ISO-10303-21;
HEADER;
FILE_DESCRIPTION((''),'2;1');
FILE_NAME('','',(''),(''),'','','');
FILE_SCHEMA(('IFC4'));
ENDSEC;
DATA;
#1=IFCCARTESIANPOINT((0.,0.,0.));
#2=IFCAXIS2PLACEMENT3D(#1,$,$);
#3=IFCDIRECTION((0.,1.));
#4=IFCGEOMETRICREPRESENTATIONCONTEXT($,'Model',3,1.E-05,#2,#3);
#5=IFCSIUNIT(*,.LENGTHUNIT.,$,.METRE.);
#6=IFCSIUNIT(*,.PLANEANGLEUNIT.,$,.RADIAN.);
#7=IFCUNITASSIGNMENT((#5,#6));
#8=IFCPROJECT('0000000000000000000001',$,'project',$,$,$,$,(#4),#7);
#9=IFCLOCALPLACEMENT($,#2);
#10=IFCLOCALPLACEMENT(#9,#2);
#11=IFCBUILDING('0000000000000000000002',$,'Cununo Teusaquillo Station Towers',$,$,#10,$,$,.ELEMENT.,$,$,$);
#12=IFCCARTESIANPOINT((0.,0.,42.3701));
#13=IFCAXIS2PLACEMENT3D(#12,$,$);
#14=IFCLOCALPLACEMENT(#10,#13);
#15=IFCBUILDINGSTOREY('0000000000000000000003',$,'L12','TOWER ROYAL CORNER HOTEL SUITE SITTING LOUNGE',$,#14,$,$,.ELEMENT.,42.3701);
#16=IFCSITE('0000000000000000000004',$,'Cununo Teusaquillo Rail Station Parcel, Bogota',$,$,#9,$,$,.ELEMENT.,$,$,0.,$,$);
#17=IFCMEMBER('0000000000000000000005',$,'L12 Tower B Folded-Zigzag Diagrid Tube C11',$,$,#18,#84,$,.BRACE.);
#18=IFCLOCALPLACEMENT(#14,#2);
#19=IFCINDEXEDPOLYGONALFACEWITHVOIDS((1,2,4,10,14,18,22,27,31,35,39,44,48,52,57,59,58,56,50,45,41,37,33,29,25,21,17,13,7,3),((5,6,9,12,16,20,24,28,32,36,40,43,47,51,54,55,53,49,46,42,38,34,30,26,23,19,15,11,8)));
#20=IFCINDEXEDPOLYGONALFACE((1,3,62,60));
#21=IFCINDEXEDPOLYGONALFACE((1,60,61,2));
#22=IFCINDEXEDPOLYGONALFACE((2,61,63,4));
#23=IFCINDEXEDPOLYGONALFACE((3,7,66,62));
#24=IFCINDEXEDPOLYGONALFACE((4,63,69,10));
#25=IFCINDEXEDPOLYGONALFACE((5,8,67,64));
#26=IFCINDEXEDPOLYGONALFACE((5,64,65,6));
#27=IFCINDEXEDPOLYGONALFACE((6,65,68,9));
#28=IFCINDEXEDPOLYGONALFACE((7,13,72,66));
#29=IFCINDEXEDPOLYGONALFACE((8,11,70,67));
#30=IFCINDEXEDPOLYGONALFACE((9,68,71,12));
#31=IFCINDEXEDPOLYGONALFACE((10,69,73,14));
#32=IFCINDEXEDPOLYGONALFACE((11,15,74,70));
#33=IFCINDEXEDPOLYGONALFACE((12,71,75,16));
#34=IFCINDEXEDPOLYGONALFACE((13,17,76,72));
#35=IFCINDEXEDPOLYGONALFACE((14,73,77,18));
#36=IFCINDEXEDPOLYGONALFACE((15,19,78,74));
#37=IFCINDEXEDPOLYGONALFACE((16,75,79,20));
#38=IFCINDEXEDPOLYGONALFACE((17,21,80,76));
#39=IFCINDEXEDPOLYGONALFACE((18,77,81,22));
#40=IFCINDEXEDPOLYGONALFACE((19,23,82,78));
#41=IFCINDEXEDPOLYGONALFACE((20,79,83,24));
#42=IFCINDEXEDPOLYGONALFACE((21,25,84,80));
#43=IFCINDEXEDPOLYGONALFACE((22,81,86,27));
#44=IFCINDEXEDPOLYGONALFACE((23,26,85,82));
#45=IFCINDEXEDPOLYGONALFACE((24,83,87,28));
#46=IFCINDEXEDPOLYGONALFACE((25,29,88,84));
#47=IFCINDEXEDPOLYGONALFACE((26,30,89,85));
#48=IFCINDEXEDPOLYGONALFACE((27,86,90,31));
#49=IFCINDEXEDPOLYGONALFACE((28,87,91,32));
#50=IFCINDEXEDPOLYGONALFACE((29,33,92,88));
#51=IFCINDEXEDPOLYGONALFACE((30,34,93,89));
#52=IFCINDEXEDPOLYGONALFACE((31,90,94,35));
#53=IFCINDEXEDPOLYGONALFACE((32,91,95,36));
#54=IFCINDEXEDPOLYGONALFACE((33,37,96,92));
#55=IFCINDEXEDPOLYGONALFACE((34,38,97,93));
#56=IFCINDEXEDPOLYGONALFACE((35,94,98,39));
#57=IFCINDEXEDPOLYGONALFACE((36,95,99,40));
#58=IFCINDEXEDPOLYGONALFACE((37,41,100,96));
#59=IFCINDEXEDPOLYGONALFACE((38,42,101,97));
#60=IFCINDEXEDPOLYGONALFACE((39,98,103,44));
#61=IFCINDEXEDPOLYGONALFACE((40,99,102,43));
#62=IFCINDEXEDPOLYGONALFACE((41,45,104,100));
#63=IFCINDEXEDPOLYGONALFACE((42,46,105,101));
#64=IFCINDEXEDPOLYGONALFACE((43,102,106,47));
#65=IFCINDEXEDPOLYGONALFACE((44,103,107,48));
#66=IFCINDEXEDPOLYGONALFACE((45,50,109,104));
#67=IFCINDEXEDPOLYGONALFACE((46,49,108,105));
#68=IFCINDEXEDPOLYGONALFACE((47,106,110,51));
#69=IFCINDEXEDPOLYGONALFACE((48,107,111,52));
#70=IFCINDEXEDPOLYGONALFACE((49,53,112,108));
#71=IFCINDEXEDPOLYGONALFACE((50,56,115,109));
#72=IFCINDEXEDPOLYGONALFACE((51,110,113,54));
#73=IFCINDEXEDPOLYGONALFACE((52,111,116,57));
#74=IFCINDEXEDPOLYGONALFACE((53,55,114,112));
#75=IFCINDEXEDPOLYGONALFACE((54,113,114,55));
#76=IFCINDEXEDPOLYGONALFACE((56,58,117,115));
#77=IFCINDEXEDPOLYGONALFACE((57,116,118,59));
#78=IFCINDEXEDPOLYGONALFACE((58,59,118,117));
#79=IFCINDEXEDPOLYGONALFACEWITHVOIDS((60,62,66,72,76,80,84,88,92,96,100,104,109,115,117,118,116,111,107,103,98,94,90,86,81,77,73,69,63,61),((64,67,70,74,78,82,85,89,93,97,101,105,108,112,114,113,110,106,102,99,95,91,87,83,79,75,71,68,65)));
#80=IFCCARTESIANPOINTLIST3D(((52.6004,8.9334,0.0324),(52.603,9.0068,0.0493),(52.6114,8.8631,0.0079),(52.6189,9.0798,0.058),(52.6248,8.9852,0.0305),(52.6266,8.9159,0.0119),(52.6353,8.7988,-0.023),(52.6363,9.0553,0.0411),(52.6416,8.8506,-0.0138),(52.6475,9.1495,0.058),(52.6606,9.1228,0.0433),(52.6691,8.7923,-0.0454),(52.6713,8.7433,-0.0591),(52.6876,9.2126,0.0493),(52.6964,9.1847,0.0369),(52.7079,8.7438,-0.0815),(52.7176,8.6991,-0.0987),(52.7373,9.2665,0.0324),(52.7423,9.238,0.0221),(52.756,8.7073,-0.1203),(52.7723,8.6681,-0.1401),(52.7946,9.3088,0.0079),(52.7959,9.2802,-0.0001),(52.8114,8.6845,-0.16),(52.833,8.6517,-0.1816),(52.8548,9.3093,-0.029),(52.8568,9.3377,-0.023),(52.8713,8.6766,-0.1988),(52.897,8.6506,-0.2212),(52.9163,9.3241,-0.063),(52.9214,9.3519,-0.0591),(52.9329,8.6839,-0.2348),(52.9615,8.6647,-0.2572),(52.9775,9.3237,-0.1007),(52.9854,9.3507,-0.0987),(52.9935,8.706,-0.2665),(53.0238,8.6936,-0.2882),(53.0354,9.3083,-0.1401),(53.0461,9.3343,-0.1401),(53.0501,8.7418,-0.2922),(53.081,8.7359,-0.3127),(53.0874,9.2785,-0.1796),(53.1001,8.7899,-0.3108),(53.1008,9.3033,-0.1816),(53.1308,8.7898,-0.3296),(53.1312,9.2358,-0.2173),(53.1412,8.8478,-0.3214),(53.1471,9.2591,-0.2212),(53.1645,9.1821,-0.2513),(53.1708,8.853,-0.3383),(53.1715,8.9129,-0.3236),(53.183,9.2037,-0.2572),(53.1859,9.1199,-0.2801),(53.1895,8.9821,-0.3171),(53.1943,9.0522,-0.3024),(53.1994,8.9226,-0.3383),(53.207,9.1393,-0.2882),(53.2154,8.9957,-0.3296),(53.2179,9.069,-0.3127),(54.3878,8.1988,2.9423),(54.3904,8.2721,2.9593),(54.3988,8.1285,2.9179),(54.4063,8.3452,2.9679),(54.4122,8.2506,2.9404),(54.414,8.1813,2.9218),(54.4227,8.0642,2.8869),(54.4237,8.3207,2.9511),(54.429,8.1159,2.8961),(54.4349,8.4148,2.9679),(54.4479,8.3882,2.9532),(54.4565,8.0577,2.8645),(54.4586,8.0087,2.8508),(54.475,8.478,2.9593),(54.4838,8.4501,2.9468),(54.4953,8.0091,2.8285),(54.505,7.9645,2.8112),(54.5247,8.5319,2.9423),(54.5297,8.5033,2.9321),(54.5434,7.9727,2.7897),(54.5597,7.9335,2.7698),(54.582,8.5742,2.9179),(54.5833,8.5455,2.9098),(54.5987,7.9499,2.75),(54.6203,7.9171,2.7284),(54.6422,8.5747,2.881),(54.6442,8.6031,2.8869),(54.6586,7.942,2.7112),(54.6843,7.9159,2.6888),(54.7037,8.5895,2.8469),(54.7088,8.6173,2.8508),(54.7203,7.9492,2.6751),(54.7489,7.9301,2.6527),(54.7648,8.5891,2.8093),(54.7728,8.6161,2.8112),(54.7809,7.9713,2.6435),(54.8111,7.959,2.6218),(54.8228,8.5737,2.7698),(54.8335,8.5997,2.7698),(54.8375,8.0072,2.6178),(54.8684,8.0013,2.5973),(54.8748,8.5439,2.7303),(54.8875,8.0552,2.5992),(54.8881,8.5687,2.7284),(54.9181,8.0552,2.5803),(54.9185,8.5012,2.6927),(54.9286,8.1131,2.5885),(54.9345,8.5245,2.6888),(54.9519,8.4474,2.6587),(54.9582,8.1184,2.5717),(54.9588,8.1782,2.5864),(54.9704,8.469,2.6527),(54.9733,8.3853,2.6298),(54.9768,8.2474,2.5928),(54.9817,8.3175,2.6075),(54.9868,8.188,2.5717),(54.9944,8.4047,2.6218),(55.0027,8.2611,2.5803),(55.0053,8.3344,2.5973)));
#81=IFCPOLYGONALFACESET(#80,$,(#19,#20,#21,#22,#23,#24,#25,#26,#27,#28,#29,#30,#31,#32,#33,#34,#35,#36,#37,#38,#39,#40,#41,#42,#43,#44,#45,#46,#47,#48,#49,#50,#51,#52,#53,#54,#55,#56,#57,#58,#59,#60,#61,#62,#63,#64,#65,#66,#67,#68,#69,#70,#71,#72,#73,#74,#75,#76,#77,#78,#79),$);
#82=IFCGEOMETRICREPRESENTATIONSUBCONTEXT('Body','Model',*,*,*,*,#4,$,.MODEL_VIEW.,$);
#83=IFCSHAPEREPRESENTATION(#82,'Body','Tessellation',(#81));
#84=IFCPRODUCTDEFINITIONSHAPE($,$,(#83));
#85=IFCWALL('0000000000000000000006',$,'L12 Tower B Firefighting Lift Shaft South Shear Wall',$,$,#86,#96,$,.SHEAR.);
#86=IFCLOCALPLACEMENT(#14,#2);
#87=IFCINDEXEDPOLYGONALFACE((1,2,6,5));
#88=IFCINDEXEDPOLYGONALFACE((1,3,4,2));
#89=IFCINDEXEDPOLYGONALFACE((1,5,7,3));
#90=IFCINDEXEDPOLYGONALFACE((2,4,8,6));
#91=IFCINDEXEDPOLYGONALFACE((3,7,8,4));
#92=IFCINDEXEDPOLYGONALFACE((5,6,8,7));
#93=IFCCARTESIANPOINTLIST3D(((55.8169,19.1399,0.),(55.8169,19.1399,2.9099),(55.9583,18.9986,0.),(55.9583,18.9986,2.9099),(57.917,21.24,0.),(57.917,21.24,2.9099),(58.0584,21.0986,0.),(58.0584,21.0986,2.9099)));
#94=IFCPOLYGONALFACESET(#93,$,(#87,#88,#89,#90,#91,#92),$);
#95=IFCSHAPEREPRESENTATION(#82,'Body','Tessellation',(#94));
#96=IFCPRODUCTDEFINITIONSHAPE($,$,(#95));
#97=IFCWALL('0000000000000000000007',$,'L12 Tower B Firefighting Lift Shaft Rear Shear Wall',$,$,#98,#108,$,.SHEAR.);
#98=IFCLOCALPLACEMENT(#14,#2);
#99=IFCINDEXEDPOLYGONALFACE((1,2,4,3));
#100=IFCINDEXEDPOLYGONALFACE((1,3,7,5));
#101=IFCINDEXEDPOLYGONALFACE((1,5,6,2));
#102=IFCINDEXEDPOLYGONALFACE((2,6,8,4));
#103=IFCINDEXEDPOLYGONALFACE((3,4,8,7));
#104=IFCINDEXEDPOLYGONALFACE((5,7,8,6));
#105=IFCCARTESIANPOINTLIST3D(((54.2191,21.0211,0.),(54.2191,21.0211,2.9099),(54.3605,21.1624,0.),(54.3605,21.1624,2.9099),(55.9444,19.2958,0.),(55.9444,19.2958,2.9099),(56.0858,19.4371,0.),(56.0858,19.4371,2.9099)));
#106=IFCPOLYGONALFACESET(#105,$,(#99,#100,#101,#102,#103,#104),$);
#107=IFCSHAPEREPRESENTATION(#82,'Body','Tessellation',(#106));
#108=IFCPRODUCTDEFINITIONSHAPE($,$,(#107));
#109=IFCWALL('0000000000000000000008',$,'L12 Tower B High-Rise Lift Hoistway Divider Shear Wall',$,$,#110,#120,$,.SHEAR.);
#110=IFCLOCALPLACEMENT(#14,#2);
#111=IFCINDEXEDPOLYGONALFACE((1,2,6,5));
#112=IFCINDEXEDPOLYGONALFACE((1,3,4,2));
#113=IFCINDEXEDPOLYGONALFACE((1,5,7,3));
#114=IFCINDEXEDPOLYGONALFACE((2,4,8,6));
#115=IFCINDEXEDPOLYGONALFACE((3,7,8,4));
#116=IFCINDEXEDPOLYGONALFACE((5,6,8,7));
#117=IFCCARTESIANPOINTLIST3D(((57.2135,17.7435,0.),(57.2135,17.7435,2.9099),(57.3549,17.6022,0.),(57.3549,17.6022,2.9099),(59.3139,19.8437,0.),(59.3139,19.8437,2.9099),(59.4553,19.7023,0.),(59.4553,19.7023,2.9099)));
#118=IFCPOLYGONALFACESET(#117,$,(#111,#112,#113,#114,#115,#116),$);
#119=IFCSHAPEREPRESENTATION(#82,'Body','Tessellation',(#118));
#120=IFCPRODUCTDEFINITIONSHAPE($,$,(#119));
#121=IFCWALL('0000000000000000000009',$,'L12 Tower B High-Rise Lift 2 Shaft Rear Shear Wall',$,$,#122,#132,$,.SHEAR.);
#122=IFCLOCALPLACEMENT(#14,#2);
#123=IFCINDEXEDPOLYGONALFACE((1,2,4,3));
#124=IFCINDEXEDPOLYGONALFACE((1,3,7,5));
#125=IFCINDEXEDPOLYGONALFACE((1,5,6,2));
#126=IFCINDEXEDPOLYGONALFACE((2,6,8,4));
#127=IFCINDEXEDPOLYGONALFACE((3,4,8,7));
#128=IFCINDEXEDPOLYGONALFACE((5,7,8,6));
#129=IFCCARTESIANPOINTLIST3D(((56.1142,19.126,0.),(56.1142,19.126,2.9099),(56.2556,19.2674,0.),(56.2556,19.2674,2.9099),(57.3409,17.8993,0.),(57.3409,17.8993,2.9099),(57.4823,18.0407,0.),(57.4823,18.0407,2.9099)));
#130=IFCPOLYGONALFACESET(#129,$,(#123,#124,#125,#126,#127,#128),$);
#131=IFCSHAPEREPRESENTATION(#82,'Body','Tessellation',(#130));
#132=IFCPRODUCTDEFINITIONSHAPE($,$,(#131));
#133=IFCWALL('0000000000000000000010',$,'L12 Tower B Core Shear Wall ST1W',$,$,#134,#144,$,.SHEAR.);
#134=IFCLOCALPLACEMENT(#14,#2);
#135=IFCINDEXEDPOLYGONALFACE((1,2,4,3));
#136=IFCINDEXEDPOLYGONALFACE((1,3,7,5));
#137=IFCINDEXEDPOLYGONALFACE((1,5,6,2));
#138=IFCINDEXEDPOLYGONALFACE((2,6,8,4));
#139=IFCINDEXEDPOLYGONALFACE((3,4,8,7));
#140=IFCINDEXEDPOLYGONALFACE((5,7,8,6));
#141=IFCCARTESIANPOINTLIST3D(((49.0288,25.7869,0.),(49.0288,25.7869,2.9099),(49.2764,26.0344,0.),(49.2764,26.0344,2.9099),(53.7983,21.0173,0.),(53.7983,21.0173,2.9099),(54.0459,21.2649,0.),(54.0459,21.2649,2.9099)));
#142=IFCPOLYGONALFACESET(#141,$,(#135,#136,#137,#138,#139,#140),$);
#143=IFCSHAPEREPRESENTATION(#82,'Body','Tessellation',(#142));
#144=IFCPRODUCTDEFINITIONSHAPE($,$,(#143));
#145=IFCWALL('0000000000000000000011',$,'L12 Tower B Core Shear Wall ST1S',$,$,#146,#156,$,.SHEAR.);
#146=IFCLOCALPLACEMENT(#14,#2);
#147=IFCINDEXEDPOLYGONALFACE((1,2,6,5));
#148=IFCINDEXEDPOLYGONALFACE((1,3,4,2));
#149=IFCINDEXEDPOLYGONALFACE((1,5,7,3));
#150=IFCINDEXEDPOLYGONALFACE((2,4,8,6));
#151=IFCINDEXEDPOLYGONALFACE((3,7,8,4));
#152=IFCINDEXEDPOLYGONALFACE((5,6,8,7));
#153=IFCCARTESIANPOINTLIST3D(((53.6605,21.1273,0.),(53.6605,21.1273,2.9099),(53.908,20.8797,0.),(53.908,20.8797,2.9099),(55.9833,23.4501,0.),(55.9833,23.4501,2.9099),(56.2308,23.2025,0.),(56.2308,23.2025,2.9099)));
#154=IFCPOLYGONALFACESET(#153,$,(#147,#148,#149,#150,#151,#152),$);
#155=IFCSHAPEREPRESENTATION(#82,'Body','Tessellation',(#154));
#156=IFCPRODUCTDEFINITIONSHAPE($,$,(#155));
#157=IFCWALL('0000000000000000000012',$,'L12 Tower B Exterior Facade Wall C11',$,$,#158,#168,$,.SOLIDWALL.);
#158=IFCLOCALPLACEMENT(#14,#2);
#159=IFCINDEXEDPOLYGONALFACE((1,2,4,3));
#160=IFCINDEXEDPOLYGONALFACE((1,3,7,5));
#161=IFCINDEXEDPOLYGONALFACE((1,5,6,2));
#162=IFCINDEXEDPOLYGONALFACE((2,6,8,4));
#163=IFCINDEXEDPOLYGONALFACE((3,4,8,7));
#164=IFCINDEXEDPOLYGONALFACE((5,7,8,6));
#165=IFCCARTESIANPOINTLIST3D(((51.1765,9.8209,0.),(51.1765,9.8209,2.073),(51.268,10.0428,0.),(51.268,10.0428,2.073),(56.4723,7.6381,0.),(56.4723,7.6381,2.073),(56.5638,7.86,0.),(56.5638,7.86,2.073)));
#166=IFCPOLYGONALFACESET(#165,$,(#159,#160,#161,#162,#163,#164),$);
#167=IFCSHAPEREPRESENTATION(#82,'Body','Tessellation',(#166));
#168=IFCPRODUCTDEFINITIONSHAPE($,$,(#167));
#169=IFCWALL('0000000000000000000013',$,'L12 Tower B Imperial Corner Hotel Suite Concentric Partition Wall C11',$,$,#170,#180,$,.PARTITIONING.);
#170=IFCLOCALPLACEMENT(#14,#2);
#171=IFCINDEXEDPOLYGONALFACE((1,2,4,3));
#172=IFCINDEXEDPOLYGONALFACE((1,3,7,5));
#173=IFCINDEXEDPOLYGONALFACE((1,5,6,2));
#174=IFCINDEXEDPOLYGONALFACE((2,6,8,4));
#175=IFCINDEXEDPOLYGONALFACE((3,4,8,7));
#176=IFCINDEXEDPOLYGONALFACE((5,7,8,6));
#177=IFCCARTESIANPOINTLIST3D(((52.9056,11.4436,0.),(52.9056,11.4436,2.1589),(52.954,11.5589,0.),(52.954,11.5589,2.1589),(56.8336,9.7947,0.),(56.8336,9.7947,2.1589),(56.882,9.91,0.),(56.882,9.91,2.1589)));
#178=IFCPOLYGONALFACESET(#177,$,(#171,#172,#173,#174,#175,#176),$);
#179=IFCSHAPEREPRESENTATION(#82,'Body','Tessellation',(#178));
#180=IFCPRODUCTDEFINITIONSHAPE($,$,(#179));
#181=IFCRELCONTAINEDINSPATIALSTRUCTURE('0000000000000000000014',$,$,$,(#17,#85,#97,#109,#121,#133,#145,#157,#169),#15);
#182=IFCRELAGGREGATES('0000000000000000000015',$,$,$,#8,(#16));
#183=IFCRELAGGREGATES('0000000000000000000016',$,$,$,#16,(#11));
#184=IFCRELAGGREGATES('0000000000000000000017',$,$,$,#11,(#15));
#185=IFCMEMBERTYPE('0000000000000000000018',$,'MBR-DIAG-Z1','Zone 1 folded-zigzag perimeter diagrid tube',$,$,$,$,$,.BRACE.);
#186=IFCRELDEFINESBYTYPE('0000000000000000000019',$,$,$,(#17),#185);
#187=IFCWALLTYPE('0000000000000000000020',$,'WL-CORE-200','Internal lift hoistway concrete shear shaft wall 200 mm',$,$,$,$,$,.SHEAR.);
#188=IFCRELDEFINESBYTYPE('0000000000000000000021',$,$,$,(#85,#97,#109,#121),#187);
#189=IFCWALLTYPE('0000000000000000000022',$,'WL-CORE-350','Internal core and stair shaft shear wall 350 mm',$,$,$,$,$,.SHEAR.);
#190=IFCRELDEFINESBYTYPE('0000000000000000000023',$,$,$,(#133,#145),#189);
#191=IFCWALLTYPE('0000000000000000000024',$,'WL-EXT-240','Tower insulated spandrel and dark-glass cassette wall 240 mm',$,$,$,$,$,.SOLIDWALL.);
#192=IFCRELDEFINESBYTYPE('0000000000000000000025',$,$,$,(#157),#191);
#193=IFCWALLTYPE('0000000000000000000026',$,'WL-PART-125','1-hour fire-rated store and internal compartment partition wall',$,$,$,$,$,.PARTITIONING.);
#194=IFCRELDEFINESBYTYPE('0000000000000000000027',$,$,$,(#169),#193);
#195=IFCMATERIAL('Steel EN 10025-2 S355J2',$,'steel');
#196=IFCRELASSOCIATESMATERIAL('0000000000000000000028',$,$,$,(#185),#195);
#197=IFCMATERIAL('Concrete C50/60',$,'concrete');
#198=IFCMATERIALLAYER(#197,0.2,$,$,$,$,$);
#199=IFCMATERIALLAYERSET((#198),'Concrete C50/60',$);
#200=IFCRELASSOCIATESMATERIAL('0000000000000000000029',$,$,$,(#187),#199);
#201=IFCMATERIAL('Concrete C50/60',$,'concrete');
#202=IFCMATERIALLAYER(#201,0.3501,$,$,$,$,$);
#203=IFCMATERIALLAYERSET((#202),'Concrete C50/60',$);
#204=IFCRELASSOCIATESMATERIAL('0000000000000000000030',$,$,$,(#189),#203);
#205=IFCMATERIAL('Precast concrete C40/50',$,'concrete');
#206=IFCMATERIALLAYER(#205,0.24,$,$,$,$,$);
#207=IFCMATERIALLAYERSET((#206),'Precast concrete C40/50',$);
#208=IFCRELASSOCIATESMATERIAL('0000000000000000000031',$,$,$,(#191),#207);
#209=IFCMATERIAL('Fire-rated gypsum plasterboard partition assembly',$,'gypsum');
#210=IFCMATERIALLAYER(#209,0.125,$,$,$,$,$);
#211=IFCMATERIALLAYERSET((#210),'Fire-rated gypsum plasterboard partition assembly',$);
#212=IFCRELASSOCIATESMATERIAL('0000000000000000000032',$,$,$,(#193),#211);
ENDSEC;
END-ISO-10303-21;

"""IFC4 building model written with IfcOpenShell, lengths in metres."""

from ifc_helpers import new_model, si_unit, direction, frame, frame_2d, origin, origin_2d, place, context, subcontext, project, spatial, rectangle, hollow_circle, extrude, material, layer, layer_set, material_profile, profile_set, type_object, element, save


model = new_model("IFC4")

# Units and contexts
model_context = context("Model", 3, precision=1e-05, world=origin(), true_north=direction((0.0, 1.0)))
body_context = subcontext(model_context, "Body", "Model", "MODEL_VIEW")
ifc_project = project(units=[si_unit("LENGTHUNIT", "METRE"), si_unit("PLANEANGLEUNIT", "RADIAN")], contexts=[model_context])

# Site, building, storey
site_placement = place(None, origin())
site = spatial("IfcSite", under=ifc_project, at=site_placement, Name="Cununo Teusaquillo Rail Station Parcel, Bogota", CompositionType="ELEMENT", RefElevation=0.0)
building_placement = place(site_placement, origin())
building = spatial("IfcBuilding", under=site, at=building_placement, Name="Cununo Teusaquillo Station Towers", CompositionType="ELEMENT")
storey_placement = place(building_placement, frame((0.0, 0.0, 42.3701)))
storey = spatial("IfcBuildingStorey", under=building, at=storey_placement, Name="L12", Description="TOWER ROYAL CORNER HOTEL SUITE SITTING LOUNGE", CompositionType="ELEMENT", Elevation=42.3701)

# Member
ifc_material_1 = material(Name="Steel EN 10025-2 S355J2", Category="steel")
ifc_material_profile_1 = material_profile(ifc_material_1, hollow_circle(Radius=0.3601, WallThickness=0.0281, at=origin_2d()), Name="CHS 720x28")
ifc_profile_set_1 = profile_set([ifc_material_profile_1], Name="Steel EN 10025-2 S355J2")
member_type = type_object("IfcMemberType", Name="MBR-DIAG-Z1", Description="Zone 1 folded-zigzag perimeter diagrid tube", PredefinedType="BRACE", material=ifc_profile_set_1)
member_placement = place(storey_placement, frame((52.9092, 9.0012, -0.1401), z_axis=(0.511678, -0.210305, 0.833041), x_axis=(0.380152, 0.924924, 0.0)))
element("IfcMember", 1, at=member_placement, inside=storey, type_object=member_type, Name="L12 Tower B Folded-Zigzag Diagrid Tube C11", PredefinedType="BRACE", context=body_context, shape_type="SweptSolid", body=[
    extrude(hollow_circle(Radius=0.3601, WallThickness=0.0281, at=origin_2d()), origin(), (0.0, 0.0, 1.0), 3.4932),
])

# Walls
ifc_material_2 = material(Name="Concrete C50/60", Category="concrete")
ifc_layer_1 = layer(ifc_material_2, 0.2)
ifc_layer_set_1 = layer_set([ifc_layer_1], Name="Concrete C50/60")
wall_type_1 = type_object("IfcWallType", Name="WL-CORE-200", Description="Internal lift hoistway concrete shear shaft wall 200 mm", PredefinedType="SHEAR", material=ifc_layer_set_1)
wall_1_placement = place(storey_placement, frame((55.8877, 19.0693, 0.0), z_axis=(0.0, 0.0, 1.0), x_axis=(0.707107, 0.707107, 0.0)))
element("IfcWall", 2, at=wall_1_placement, inside=storey, type_object=wall_type_1, Name="L12 Tower B Firefighting Lift Shaft South Shear Wall", PredefinedType="SHEAR", context=body_context, shape_type="SweptSolid", body=[
    extrude(rectangle(XDim=2.97, YDim=0.2, at=frame_2d((1.4849, 0.0))), origin(), (0.0, 0.0, 1.0), 2.9099),
])
wall_2_placement = place(storey_placement, frame((56.0151, 19.3665, 0.0), z_axis=(0.0, 0.0, 1.0), x_axis=(-0.707107, 0.707107, 0.0)))
element("IfcWall", 3, at=wall_2_placement, inside=storey, type_object=wall_type_1, Name="L12 Tower B Firefighting Lift Shaft Rear Shear Wall", PredefinedType="SHEAR", context=body_context, shape_type="SweptSolid", body=[
    extrude(rectangle(XDim=2.4399, YDim=0.2, at=frame_2d((1.22, 0.0))), origin(), (0.0, 0.0, 1.0), 2.9099),
])
wall_3_placement = place(storey_placement, frame((57.2842, 17.6729, 0.0), z_axis=(0.0, 0.0, 1.0), x_axis=(0.707148, 0.707066, 0.0)))
element("IfcWall", 4, at=wall_3_placement, inside=storey, type_object=wall_type_1, Name="L12 Tower B High-Rise Lift Hoistway Divider Shear Wall", PredefinedType="SHEAR", context=body_context, shape_type="SweptSolid", body=[
    extrude(rectangle(XDim=2.9702, YDim=0.2, at=frame_2d((1.4851, 0.0))), origin(), (0.0, 0.0, 1.0), 2.9099),
])
wall_4_placement = place(storey_placement, frame((57.4116, 17.97, 0.0), z_axis=(0.0, 0.0, 1.0), x_axis=(-0.707107, 0.707107, 0.0)))
element("IfcWall", 5, at=wall_4_placement, inside=storey, type_object=wall_type_1, Name="L12 Tower B High-Rise Lift 2 Shaft Rear Shear Wall", PredefinedType="SHEAR", context=body_context, shape_type="SweptSolid", body=[
    extrude(rectangle(XDim=1.7349, YDim=0.2, at=frame_2d((0.8674, 0.0))), origin(), (0.0, 0.0, 1.0), 2.9099),
])
ifc_material_3 = material(Name="Concrete C50/60", Category="concrete")
ifc_layer_2 = layer(ifc_material_3, 0.3501)
ifc_layer_set_2 = layer_set([ifc_layer_2], Name="Concrete C50/60")
wall_type_2 = type_object("IfcWallType", Name="WL-CORE-350", Description="Internal core and stair shaft shear wall 350 mm", PredefinedType="SHEAR", material=ifc_layer_set_2)
wall_5_placement = place(storey_placement, frame((53.9221, 21.1411, 0.0), z_axis=(0.0, 0.0, 1.0), x_axis=(-0.707107, 0.707107, 0.0)))
element("IfcWall", 6, at=wall_5_placement, inside=storey, type_object=wall_type_2, Name="L12 Tower B Core Shear Wall ST1W", PredefinedType="SHEAR", context=body_context, shape_type="SweptSolid", body=[
    extrude(rectangle(XDim=6.7451, YDim=0.3501, at=frame_2d((3.3726, 0.0))), origin(), (0.0, 0.0, 1.0), 2.9099),
])
wall_6_placement = place(storey_placement, frame((53.7842, 21.0034, 0.0), z_axis=(0.0, 0.0, 1.0), x_axis=(0.707107, 0.707107, 0.0)))
element("IfcWall", 7, at=wall_6_placement, inside=storey, type_object=wall_type_2, Name="L12 Tower B Core Shear Wall ST1S", PredefinedType="SHEAR", context=body_context, shape_type="SweptSolid", body=[
    extrude(rectangle(XDim=3.2849, YDim=0.3501, at=frame_2d((1.6426, 0.0))), origin(), (0.0, 0.0, 1.0), 2.9099),
])
ifc_material_4 = material(Name="Precast concrete C40/50", Category="concrete")
ifc_layer_3 = layer(ifc_material_4, 0.24)
ifc_layer_set_3 = layer_set([ifc_layer_3], Name="Precast concrete C40/50")
wall_type_3 = type_object("IfcWallType", Name="WL-EXT-240", Description="Tower insulated spandrel and dark-glass cassette wall 240 mm", PredefinedType="SOLIDWALL", material=ifc_layer_set_3)
wall_7_placement = place(storey_placement, frame((56.5181, 7.749, 0.0), z_axis=(0.0, 0.0, 1.0), x_axis=(-0.924543, 0.381078, 0.0)))
element("IfcWall", 8, at=wall_7_placement, inside=storey, type_object=wall_type_3, Name="L12 Tower B Exterior Facade Wall C11", PredefinedType="SOLIDWALL", context=body_context, shape_type="SweptSolid", body=[
    extrude(rectangle(XDim=5.728, YDim=0.24, at=frame_2d((2.864, 0.0))), origin(), (0.0, 0.0, 1.0), 2.073),
])
ifc_material_5 = material(Name="Fire-rated gypsum plasterboard partition assembly", Category="gypsum")
ifc_layer_4 = layer(ifc_material_5, 0.125)
ifc_layer_set_4 = layer_set([ifc_layer_4], Name="Fire-rated gypsum plasterboard partition assembly")
wall_type_4 = type_object("IfcWallType", Name="WL-PART-125", Description="1-hour fire-rated store and internal compartment partition wall", PredefinedType="PARTITIONING", material=ifc_layer_set_4)
wall_8_placement = place(storey_placement, frame((52.9299, 11.5012, 0.0), z_axis=(0.0, 0.0, 1.0), x_axis=(0.922051, -0.387068, 0.0)))
element("IfcWall", 9, at=wall_8_placement, inside=storey, type_object=wall_type_4, Name="L12 Tower B Imperial Corner Hotel Suite Concentric Partition Wall C11", PredefinedType="PARTITIONING", context=body_context, shape_type="SweptSolid", body=[
    extrude(rectangle(XDim=4.26, YDim=0.125, at=frame_2d((2.1299, 0.0))), origin(), (0.0, 0.0, 1.0), 2.1589),
])

save(model, "model.ifc")
